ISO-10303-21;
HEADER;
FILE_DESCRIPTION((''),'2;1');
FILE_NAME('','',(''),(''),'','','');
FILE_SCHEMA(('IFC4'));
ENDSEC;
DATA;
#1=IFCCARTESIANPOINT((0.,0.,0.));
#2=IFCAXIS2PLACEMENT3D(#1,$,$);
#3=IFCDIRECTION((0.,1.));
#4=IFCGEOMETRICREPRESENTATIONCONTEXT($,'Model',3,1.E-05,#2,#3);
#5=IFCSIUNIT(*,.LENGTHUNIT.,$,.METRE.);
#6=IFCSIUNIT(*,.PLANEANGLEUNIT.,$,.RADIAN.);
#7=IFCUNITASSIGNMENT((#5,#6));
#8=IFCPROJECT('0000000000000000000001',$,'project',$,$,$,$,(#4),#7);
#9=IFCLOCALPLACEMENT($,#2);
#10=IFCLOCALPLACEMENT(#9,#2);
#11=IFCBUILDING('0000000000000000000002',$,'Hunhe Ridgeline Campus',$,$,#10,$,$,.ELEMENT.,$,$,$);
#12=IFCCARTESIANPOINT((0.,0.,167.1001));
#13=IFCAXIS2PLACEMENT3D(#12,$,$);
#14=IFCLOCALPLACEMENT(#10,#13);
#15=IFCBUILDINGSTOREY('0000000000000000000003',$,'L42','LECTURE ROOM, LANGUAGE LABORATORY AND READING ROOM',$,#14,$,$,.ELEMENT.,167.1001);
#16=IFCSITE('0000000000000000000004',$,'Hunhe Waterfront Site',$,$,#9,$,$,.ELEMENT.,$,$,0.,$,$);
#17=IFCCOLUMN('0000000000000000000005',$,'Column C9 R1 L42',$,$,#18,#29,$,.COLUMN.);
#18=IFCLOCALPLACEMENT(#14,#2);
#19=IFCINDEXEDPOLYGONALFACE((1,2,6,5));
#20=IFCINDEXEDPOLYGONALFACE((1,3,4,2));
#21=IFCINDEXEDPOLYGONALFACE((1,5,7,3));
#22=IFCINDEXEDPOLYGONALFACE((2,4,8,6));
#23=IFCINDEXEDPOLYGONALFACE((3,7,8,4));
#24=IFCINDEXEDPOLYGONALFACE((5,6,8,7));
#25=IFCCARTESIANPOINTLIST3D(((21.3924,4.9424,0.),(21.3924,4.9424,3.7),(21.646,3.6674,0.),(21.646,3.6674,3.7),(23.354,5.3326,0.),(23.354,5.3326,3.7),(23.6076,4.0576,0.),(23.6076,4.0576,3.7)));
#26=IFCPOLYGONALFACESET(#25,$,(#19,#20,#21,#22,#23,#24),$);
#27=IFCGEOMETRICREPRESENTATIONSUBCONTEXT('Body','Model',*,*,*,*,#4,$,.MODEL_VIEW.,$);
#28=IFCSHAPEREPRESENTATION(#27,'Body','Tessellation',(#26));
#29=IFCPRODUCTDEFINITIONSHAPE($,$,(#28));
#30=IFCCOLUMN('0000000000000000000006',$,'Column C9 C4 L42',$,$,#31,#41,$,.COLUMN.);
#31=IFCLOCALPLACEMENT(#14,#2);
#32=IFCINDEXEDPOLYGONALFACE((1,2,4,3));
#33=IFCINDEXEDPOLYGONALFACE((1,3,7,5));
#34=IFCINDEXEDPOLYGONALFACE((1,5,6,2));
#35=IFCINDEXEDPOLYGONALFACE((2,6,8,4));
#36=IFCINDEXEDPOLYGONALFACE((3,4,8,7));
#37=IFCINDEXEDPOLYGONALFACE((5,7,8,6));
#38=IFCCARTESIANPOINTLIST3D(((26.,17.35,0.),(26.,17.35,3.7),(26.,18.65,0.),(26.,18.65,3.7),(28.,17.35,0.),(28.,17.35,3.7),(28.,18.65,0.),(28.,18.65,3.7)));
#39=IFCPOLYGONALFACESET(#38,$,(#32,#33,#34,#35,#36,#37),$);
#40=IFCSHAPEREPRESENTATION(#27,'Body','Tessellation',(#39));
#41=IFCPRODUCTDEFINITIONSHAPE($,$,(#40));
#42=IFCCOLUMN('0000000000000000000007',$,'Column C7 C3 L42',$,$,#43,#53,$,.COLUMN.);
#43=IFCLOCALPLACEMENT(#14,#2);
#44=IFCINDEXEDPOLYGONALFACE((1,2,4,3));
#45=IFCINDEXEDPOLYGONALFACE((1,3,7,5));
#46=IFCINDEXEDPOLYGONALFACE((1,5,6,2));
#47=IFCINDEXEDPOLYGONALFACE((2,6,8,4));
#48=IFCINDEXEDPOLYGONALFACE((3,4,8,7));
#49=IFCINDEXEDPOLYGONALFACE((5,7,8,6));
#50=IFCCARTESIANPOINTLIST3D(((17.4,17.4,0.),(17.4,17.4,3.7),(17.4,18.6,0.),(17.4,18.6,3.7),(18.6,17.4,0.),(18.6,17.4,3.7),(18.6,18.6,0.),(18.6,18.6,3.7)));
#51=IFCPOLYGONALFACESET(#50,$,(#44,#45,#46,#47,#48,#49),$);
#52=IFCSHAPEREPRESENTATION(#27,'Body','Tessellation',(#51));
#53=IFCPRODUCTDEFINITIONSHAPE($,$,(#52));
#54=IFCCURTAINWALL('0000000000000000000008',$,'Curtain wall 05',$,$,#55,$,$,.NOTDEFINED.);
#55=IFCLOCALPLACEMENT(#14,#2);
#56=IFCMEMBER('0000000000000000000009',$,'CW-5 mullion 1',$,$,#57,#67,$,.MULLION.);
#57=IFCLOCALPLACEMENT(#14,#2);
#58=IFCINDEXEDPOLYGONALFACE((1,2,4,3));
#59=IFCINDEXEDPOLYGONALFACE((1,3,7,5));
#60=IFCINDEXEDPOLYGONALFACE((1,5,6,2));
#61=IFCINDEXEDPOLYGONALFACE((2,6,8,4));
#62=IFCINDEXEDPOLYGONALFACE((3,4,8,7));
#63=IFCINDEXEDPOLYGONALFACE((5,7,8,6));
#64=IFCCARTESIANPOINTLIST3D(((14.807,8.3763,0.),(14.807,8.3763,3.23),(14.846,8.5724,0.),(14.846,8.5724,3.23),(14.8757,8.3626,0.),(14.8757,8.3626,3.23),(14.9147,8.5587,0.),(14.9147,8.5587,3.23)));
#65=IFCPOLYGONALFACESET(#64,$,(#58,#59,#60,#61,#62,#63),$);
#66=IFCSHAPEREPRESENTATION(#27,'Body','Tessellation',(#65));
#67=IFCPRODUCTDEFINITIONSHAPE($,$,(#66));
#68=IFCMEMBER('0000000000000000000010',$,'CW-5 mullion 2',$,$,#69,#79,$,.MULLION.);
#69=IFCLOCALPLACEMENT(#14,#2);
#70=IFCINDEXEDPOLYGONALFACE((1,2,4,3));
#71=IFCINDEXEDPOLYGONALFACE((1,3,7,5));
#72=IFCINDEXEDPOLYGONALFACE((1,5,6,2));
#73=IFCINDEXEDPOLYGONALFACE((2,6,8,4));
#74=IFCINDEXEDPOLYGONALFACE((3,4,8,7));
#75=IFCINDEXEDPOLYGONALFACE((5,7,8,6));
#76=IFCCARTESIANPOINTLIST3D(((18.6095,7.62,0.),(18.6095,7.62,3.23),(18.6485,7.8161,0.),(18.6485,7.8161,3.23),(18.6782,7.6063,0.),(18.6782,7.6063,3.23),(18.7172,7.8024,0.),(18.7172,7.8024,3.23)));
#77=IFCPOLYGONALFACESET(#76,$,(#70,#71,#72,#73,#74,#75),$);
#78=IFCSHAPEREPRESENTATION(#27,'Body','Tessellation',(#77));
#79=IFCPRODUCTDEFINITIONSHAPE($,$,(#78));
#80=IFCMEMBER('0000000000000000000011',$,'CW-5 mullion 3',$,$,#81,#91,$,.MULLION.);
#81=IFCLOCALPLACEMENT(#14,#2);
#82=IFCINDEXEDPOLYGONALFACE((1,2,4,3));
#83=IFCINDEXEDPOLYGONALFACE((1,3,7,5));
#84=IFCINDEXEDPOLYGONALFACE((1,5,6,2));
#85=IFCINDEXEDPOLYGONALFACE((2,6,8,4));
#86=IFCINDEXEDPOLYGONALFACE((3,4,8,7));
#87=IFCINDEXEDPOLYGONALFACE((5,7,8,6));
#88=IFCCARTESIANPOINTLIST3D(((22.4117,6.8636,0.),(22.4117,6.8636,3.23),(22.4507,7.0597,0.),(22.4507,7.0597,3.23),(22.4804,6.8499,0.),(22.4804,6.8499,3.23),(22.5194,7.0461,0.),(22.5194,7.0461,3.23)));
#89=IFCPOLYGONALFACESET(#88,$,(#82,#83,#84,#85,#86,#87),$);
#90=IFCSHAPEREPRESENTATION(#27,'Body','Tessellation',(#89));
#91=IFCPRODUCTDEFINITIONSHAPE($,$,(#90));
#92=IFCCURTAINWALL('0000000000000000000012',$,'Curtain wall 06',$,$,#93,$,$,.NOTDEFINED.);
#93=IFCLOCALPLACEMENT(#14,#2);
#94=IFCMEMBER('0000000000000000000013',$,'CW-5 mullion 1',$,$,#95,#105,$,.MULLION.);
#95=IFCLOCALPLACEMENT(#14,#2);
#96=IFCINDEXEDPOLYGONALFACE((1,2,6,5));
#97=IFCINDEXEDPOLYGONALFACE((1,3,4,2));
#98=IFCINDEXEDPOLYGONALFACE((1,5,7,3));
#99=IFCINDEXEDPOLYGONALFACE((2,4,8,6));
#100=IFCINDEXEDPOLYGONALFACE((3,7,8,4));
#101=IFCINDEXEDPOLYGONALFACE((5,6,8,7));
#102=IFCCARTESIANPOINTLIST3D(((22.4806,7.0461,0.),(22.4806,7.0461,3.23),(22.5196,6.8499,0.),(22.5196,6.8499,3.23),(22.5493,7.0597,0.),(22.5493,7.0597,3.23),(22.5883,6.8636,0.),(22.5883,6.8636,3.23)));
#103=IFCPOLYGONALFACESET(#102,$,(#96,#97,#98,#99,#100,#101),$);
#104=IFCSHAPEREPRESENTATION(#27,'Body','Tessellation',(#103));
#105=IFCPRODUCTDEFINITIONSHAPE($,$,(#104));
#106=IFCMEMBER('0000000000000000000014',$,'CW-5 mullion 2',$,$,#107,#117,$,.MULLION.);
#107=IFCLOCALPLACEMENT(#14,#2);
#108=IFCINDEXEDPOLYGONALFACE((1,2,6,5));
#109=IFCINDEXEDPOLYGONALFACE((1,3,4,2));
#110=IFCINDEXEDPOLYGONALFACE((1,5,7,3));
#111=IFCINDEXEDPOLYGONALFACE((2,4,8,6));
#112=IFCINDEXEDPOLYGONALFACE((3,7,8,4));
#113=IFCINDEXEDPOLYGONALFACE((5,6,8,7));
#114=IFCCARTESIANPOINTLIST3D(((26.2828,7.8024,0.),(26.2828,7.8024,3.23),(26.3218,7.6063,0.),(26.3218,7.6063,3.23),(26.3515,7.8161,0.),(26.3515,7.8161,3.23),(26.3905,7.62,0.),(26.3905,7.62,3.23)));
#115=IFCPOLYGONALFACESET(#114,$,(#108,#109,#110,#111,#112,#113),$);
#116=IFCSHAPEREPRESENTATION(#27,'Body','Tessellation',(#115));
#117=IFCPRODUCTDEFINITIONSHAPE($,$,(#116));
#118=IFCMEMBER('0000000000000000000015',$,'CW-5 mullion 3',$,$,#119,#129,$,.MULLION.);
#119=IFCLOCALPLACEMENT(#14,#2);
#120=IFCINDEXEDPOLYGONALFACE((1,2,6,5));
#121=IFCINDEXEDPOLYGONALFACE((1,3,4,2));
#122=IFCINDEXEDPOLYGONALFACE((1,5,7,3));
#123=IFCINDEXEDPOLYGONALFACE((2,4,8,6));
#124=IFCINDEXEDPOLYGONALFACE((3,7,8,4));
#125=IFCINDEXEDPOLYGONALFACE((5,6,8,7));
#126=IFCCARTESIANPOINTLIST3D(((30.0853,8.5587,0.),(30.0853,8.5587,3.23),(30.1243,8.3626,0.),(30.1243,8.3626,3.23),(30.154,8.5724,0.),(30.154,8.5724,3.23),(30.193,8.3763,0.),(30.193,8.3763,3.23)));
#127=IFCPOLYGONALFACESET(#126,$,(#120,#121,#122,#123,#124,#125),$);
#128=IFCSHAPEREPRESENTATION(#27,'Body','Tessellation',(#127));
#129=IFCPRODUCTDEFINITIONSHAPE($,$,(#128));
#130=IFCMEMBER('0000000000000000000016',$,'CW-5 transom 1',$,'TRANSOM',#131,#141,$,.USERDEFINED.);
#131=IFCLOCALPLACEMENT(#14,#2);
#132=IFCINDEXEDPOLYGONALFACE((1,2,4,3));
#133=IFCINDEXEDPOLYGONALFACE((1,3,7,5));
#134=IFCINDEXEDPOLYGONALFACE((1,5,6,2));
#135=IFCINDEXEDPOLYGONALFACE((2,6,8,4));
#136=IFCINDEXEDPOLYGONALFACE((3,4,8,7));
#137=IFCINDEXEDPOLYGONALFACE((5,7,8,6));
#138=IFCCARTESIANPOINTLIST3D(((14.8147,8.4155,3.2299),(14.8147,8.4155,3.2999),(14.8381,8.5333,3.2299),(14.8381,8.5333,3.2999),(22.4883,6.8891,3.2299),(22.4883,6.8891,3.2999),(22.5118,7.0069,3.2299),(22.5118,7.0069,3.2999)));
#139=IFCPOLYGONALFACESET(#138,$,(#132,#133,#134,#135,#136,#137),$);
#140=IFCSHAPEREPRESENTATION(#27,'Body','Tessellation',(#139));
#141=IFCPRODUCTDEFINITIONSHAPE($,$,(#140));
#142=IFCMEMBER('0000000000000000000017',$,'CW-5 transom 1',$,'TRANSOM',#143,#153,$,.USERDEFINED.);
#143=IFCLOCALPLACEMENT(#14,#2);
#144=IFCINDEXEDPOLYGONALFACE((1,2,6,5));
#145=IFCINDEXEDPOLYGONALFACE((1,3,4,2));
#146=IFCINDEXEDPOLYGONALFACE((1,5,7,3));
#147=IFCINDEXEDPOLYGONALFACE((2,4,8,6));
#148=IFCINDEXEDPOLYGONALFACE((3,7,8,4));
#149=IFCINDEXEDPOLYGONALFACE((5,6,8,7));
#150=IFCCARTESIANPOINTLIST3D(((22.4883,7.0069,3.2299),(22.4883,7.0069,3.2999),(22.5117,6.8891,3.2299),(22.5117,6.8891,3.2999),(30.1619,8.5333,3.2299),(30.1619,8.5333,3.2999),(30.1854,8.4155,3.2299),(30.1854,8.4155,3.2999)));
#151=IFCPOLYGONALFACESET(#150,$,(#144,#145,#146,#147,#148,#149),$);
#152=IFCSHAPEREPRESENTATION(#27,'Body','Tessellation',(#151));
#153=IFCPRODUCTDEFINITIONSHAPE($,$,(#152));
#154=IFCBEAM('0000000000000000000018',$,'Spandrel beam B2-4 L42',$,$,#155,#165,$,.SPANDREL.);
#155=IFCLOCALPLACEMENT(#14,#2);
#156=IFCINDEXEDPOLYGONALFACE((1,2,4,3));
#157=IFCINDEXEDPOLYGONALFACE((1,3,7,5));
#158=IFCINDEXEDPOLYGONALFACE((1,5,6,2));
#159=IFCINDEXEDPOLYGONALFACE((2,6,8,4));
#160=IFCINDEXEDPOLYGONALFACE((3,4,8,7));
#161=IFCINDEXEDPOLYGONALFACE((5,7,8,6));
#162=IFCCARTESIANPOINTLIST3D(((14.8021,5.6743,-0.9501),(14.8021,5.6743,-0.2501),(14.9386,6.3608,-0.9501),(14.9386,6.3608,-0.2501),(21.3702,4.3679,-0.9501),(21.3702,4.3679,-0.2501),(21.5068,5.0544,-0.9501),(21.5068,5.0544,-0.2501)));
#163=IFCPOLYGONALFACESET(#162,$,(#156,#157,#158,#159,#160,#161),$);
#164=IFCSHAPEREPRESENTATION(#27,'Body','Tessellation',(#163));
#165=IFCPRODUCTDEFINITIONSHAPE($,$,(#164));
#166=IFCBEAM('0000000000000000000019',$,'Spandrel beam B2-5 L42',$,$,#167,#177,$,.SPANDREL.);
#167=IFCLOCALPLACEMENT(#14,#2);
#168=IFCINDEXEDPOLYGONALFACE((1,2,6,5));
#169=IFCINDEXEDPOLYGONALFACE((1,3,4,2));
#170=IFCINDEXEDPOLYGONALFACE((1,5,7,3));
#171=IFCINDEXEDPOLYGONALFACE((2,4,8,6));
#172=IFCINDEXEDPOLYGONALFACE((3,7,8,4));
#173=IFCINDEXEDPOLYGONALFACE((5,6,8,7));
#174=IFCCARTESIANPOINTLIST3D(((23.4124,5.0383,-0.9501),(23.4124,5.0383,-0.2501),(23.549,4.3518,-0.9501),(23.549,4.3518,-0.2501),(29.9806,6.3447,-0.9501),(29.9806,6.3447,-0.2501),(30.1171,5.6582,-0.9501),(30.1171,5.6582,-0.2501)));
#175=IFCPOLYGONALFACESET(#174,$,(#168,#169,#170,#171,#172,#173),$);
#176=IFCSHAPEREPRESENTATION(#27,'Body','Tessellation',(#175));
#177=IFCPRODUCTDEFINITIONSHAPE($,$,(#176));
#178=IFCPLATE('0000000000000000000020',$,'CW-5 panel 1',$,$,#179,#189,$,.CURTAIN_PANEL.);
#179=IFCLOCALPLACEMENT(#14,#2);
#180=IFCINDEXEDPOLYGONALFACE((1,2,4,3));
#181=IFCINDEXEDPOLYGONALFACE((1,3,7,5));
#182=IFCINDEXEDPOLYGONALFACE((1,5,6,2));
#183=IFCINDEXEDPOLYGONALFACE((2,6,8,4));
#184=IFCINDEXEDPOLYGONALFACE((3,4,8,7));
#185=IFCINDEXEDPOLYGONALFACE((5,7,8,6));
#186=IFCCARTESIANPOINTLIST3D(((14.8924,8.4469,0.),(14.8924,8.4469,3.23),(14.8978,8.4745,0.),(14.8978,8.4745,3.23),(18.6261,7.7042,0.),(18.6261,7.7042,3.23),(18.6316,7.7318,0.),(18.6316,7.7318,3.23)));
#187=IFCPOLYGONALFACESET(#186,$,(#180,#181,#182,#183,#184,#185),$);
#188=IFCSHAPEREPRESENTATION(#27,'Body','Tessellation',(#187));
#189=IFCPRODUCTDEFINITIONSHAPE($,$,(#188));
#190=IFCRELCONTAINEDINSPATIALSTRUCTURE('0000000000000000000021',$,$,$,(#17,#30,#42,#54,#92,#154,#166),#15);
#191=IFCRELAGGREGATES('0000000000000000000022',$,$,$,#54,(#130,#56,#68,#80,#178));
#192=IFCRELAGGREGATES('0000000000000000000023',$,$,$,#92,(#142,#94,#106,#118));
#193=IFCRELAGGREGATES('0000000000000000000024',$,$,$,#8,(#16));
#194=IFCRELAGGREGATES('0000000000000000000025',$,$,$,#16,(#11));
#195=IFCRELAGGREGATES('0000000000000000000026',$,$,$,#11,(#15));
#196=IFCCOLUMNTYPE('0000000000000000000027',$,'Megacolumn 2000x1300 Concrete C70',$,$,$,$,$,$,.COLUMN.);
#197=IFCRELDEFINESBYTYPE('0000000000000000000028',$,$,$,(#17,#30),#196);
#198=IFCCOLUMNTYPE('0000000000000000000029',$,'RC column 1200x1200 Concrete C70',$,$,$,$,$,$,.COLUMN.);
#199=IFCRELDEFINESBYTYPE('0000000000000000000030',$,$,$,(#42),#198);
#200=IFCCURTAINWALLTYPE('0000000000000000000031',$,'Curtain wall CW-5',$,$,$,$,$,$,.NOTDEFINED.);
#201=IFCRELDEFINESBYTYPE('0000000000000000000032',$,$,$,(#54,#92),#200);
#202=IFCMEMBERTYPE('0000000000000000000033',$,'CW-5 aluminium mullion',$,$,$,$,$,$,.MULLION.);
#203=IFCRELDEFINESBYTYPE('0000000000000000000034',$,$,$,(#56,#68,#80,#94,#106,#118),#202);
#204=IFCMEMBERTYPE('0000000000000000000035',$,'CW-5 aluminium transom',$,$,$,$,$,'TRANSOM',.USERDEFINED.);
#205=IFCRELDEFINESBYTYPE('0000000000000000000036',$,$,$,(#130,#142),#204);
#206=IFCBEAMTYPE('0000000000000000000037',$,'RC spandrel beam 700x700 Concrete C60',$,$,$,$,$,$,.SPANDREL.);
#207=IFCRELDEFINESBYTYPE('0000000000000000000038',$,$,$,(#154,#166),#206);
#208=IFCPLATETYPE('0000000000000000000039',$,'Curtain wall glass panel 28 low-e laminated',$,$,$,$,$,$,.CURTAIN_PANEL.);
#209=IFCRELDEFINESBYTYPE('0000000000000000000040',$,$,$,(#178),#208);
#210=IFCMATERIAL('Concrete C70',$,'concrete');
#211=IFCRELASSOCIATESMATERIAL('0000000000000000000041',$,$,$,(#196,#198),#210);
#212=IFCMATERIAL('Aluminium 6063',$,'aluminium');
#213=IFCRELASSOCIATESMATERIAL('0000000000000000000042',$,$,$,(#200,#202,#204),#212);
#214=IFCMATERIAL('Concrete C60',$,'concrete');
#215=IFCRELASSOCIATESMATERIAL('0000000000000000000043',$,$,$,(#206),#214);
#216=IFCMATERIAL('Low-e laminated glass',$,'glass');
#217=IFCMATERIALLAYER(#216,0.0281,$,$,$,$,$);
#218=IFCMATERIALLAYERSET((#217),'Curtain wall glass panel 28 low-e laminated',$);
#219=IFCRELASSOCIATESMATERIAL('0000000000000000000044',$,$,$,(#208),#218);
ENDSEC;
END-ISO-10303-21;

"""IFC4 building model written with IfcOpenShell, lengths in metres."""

from ifc_helpers import new_model, si_unit, direction, frame, origin, origin_2d, place, context, subcontext, project, spatial, rectangle, extrude, material, layer, layer_set, material_profile, profile_set, type_object, element, aggregate, save


model = new_model("IFC4")

# Units and contexts
model_context = context("Model", 3, precision=1e-05, world=origin(), true_north=direction((0.0, 1.0)))
body_context = subcontext(model_context, "Body", "Model", "MODEL_VIEW")
ifc_project = project(units=[si_unit("LENGTHUNIT", "METRE"), si_unit("PLANEANGLEUNIT", "RADIAN")], contexts=[model_context])

# Site, building, storey
site_placement = place(None, origin())
site = spatial("IfcSite", under=ifc_project, at=site_placement, Name="Hunhe Waterfront Site", CompositionType="ELEMENT", RefElevation=0.0)
building_placement = place(site_placement, origin())
building = spatial("IfcBuilding", under=site, at=building_placement, Name="Hunhe Ridgeline Campus", CompositionType="ELEMENT")
storey_placement = place(building_placement, frame((0.0, 0.0, 167.1001)))
storey = spatial("IfcBuildingStorey", under=building, at=storey_placement, Name="L42", Description="LECTURE ROOM, LANGUAGE LABORATORY AND READING ROOM", CompositionType="ELEMENT", Elevation=167.1001)

# Columns
ifc_material_1 = material(Name="Concrete C70", Category="concrete")
ifc_material_profile_1 = material_profile(ifc_material_1, rectangle(XDim=2.0, YDim=1.3, at=origin_2d()))
ifc_profile_set_1 = profile_set([ifc_material_profile_1], Name="Concrete C70")
column_type_1 = type_object("IfcColumnType", Name="Megacolumn 2000x1300 Concrete C70", PredefinedType="COLUMN", material=ifc_profile_set_1)
for number, where, z_axis, x_axis, name in (
    (1, (22.5, 4.5, 0.0), (0.0, 0.0, 1.0), (0.980785, 0.19509, 0.0), "Column C9 R1 L42"),
    (2, (27.0, 18.0, 0.0), (0.0, 0.0, 1.0), (1.0, 0.0, 0.0), "Column C9 C4 L42"),
):
    element("IfcColumn", number, at=place(storey_placement, frame(where, z_axis=z_axis, x_axis=x_axis)), inside=storey, type_object=column_type_1, Name=name, PredefinedType="COLUMN", context=body_context, shape_type="SweptSolid", body=[
        extrude(rectangle(XDim=2.0, YDim=1.3, at=origin_2d()), origin(), (0.0, 0.0, 1.0), 3.7),
    ])
ifc_material_profile_2 = material_profile(ifc_material_1, rectangle(XDim=1.2, YDim=1.2, at=origin_2d()))
ifc_profile_set_2 = profile_set([ifc_material_profile_2], Name="Concrete C70")
column_type_2 = type_object("IfcColumnType", Name="RC column 1200x1200 Concrete C70", PredefinedType="COLUMN", material=ifc_profile_set_2)
column_placement = place(storey_placement, frame((18.0, 18.0, 0.0), z_axis=(0.0, 0.0, 1.0), x_axis=(1.0, 0.0, 0.0)))
element("IfcColumn", 3, at=column_placement, inside=storey, type_object=column_type_2, Name="Column C7 C3 L42", PredefinedType="COLUMN", context=body_context, shape_type="SweptSolid", body=[
    extrude(rectangle(XDim=1.2, YDim=1.2, at=origin_2d()), origin(), (0.0, 0.0, 1.0), 3.7),
])

# Curtain walls, members
ifc_material_2 = material(Name="Aluminium 6063", Category="aluminium")
curtain_wall_type = type_object("IfcCurtainWallType", Name="Curtain wall CW-5", PredefinedType="NOTDEFINED", material=ifc_material_2)
curtain_wall_1_placement = place(storey_placement, origin())
curtain_wall_1 = element("IfcCurtainWall", 4, at=curtain_wall_1_placement, inside=storey, type_object=curtain_wall_type, Name="Curtain wall 05", PredefinedType="NOTDEFINED")
ifc_material_profile_3 = material_profile(ifc_material_2, rectangle(XDim=0.2, YDim=0.0701, at=origin_2d()))
ifc_profile_set_3 = profile_set([ifc_material_profile_3], Name="Aluminium 6063")
member_type_1 = type_object("IfcMemberType", Name="CW-5 aluminium mullion", PredefinedType="MULLION", material=ifc_profile_set_3)
member_1_placement = place(storey_placement, frame((14.8608, 8.4675, 0.0), z_axis=(0.0, 0.0, 1.0), x_axis=(0.19509, 0.980785, 0.0)))
member_1 = element("IfcMember", 5, at=member_1_placement, type_object=member_type_1, Name="CW-5 mullion 1", PredefinedType="MULLION", context=body_context, shape_type="SweptSolid", body=[
    extrude(rectangle(XDim=0.2, YDim=0.0701, at=origin_2d()), origin(), (0.0, 0.0, 1.0), 3.23),
])
member_2_placement = place(storey_placement, frame((18.6633, 7.7112, 0.0), z_axis=(0.0, 0.0, 1.0), x_axis=(0.19509, 0.980785, 0.0)))
member_2 = element("IfcMember", 6, at=member_2_placement, type_object=member_type_1, Name="CW-5 mullion 2", PredefinedType="MULLION", context=body_context, shape_type="SweptSolid", body=[
    extrude(rectangle(XDim=0.2, YDim=0.0701, at=origin_2d()), origin(), (0.0, 0.0, 1.0), 3.23),
])
member_3_placement = place(storey_placement, frame((22.4656, 6.9548, 0.0), z_axis=(0.0, 0.0, 1.0), x_axis=(0.19509, 0.980785, 0.0)))
member_3 = element("IfcMember", 7, at=member_3_placement, type_object=member_type_1, Name="CW-5 mullion 3", PredefinedType="MULLION", context=body_context, shape_type="SweptSolid", body=[
    extrude(rectangle(XDim=0.2, YDim=0.0701, at=origin_2d()), origin(), (0.0, 0.0, 1.0), 3.23),
])
curtain_wall_2_placement = place(storey_placement, origin())
curtain_wall_2 = element("IfcCurtainWall", 8, at=curtain_wall_2_placement, inside=storey, type_object=curtain_wall_type, Name="Curtain wall 06", PredefinedType="NOTDEFINED")
member_4_placement = place(storey_placement, frame((22.5344, 6.9548, 0.0), z_axis=(0.0, 0.0, 1.0), x_axis=(-0.19509, 0.980785, 0.0)))
member_4 = element("IfcMember", 9, at=member_4_placement, type_object=member_type_1, Name="CW-5 mullion 1", PredefinedType="MULLION", context=body_context, shape_type="SweptSolid", body=[
    extrude(rectangle(XDim=0.2, YDim=0.0701, at=origin_2d()), origin(), (0.0, 0.0, 1.0), 3.23),
])
member_5_placement = place(storey_placement, frame((26.3367, 7.7112, 0.0), z_axis=(0.0, 0.0, 1.0), x_axis=(-0.19509, 0.980785, 0.0)))
member_5 = element("IfcMember", 10, at=member_5_placement, type_object=member_type_1, Name="CW-5 mullion 2", PredefinedType="MULLION", context=body_context, shape_type="SweptSolid", body=[
    extrude(rectangle(XDim=0.2, YDim=0.0701, at=origin_2d()), origin(), (0.0, 0.0, 1.0), 3.23),
])
member_6_placement = place(storey_placement, frame((30.1392, 8.4675, 0.0), z_axis=(0.0, 0.0, 1.0), x_axis=(-0.19509, 0.980785, 0.0)))
member_6 = element("IfcMember", 11, at=member_6_placement, type_object=member_type_1, Name="CW-5 mullion 3", PredefinedType="MULLION", context=body_context, shape_type="SweptSolid", body=[
    extrude(rectangle(XDim=0.2, YDim=0.0701, at=origin_2d()), origin(), (0.0, 0.0, 1.0), 3.23),
])

# Members
ifc_material_profile_4 = material_profile(ifc_material_2, rectangle(XDim=0.1201, YDim=0.0701, at=origin_2d()))
ifc_profile_set_4 = profile_set([ifc_material_profile_4], Name="Aluminium 6063")
member_type_2 = type_object("IfcMemberType", Name="CW-5 aluminium transom", ElementType="TRANSOM", PredefinedType="USERDEFINED", material=ifc_profile_set_4)
member_7_placement = place(storey_placement, frame((14.8264, 8.4744, 3.2649), z_axis=(0.980785, -0.19509, 0.0), x_axis=(0.19509, 0.980785, 0.0)))
member_7 = element("IfcMember", 12, at=member_7_placement, type_object=member_type_2, Name="CW-5 transom 1", ObjectType="TRANSOM", PredefinedType="USERDEFINED", context=body_context, shape_type="SweptSolid", body=[
    extrude(rectangle(XDim=0.1201, YDim=0.0701, at=origin_2d()), origin(), (0.0, 0.0, 1.0), 7.824),
])
member_8_placement = place(storey_placement, frame((22.5, 6.948, 3.2649), z_axis=(0.980785, 0.19509, 0.0), x_axis=(-0.19509, 0.980785, 0.0)))
member_8 = element("IfcMember", 13, at=member_8_placement, type_object=member_type_2, Name="CW-5 transom 1", ObjectType="TRANSOM", PredefinedType="USERDEFINED", context=body_context, shape_type="SweptSolid", body=[
    extrude(rectangle(XDim=0.1201, YDim=0.0701, at=origin_2d()), origin(), (0.0, 0.0, 1.0), 7.824),
])

# Beams
ifc_material_3 = material(Name="Concrete C60", Category="concrete")
ifc_material_profile_5 = material_profile(ifc_material_3, rectangle(XDim=0.7, YDim=0.7, at=origin_2d()))
ifc_profile_set_5 = profile_set([ifc_material_profile_5], Name="Concrete C60")
beam_type = type_object("IfcBeamType", Name="RC spandrel beam 700x700 Concrete C60", PredefinedType="SPANDREL", material=ifc_profile_set_5)
for number, where, z_axis, x_axis, name in (
    (14, (14.8704, 6.0176, -0.6001), (0.980788, -0.195078, 0.0), (0.195078, 0.980788, 0.0), "Spandrel beam B2-4 L42"),
    (15, (23.4807, 4.6951, -0.6001), (0.980788, 0.195078, 0.0), (-0.195078, 0.980788, 0.0), "Spandrel beam B2-5 L42"),
):
    element("IfcBeam", number, at=place(storey_placement, frame(where, z_axis=z_axis, x_axis=x_axis)), inside=storey, type_object=beam_type, Name=name, PredefinedType="SPANDREL", context=body_context, shape_type="SweptSolid", body=[
        extrude(rectangle(XDim=0.7, YDim=0.7, at=origin_2d()), origin(), (0.0, 0.0, 1.0), 6.6968),
    ])

# Plate
ifc_material_4 = material(Name="Low-e laminated glass", Category="glass")
ifc_layer_1 = layer(ifc_material_4, 0.0281)
ifc_layer_set_1 = layer_set([ifc_layer_1], Name="Curtain wall glass panel 28 low-e laminated")
plate_type = type_object("IfcPlateType", Name="Curtain wall glass panel 28 low-e laminated", PredefinedType="CURTAIN_PANEL", material=ifc_layer_set_1)
plate_1_placement = place(storey_placement, frame((16.762, 8.0894, 0.0), z_axis=(0.0, 0.0, 1.0), x_axis=(0.980785, -0.19509, 0.0)))
plate_1 = element("IfcPlate", 16, at=plate_1_placement, type_object=plate_type, Name="CW-5 panel 1", PredefinedType="CURTAIN_PANEL", context=body_context, shape_type="SweptSolid", body=[
    extrude(rectangle(XDim=3.8069, YDim=0.0281, at=origin_2d()), origin(), (0.0, 0.0, 1.0), 3.23),
])
aggregate(curtain_wall_1, [member_7, member_1, member_2, member_3, plate_1])
aggregate(curtain_wall_2, [member_8, member_4, member_5, member_6])

save(model, "model.ifc")
